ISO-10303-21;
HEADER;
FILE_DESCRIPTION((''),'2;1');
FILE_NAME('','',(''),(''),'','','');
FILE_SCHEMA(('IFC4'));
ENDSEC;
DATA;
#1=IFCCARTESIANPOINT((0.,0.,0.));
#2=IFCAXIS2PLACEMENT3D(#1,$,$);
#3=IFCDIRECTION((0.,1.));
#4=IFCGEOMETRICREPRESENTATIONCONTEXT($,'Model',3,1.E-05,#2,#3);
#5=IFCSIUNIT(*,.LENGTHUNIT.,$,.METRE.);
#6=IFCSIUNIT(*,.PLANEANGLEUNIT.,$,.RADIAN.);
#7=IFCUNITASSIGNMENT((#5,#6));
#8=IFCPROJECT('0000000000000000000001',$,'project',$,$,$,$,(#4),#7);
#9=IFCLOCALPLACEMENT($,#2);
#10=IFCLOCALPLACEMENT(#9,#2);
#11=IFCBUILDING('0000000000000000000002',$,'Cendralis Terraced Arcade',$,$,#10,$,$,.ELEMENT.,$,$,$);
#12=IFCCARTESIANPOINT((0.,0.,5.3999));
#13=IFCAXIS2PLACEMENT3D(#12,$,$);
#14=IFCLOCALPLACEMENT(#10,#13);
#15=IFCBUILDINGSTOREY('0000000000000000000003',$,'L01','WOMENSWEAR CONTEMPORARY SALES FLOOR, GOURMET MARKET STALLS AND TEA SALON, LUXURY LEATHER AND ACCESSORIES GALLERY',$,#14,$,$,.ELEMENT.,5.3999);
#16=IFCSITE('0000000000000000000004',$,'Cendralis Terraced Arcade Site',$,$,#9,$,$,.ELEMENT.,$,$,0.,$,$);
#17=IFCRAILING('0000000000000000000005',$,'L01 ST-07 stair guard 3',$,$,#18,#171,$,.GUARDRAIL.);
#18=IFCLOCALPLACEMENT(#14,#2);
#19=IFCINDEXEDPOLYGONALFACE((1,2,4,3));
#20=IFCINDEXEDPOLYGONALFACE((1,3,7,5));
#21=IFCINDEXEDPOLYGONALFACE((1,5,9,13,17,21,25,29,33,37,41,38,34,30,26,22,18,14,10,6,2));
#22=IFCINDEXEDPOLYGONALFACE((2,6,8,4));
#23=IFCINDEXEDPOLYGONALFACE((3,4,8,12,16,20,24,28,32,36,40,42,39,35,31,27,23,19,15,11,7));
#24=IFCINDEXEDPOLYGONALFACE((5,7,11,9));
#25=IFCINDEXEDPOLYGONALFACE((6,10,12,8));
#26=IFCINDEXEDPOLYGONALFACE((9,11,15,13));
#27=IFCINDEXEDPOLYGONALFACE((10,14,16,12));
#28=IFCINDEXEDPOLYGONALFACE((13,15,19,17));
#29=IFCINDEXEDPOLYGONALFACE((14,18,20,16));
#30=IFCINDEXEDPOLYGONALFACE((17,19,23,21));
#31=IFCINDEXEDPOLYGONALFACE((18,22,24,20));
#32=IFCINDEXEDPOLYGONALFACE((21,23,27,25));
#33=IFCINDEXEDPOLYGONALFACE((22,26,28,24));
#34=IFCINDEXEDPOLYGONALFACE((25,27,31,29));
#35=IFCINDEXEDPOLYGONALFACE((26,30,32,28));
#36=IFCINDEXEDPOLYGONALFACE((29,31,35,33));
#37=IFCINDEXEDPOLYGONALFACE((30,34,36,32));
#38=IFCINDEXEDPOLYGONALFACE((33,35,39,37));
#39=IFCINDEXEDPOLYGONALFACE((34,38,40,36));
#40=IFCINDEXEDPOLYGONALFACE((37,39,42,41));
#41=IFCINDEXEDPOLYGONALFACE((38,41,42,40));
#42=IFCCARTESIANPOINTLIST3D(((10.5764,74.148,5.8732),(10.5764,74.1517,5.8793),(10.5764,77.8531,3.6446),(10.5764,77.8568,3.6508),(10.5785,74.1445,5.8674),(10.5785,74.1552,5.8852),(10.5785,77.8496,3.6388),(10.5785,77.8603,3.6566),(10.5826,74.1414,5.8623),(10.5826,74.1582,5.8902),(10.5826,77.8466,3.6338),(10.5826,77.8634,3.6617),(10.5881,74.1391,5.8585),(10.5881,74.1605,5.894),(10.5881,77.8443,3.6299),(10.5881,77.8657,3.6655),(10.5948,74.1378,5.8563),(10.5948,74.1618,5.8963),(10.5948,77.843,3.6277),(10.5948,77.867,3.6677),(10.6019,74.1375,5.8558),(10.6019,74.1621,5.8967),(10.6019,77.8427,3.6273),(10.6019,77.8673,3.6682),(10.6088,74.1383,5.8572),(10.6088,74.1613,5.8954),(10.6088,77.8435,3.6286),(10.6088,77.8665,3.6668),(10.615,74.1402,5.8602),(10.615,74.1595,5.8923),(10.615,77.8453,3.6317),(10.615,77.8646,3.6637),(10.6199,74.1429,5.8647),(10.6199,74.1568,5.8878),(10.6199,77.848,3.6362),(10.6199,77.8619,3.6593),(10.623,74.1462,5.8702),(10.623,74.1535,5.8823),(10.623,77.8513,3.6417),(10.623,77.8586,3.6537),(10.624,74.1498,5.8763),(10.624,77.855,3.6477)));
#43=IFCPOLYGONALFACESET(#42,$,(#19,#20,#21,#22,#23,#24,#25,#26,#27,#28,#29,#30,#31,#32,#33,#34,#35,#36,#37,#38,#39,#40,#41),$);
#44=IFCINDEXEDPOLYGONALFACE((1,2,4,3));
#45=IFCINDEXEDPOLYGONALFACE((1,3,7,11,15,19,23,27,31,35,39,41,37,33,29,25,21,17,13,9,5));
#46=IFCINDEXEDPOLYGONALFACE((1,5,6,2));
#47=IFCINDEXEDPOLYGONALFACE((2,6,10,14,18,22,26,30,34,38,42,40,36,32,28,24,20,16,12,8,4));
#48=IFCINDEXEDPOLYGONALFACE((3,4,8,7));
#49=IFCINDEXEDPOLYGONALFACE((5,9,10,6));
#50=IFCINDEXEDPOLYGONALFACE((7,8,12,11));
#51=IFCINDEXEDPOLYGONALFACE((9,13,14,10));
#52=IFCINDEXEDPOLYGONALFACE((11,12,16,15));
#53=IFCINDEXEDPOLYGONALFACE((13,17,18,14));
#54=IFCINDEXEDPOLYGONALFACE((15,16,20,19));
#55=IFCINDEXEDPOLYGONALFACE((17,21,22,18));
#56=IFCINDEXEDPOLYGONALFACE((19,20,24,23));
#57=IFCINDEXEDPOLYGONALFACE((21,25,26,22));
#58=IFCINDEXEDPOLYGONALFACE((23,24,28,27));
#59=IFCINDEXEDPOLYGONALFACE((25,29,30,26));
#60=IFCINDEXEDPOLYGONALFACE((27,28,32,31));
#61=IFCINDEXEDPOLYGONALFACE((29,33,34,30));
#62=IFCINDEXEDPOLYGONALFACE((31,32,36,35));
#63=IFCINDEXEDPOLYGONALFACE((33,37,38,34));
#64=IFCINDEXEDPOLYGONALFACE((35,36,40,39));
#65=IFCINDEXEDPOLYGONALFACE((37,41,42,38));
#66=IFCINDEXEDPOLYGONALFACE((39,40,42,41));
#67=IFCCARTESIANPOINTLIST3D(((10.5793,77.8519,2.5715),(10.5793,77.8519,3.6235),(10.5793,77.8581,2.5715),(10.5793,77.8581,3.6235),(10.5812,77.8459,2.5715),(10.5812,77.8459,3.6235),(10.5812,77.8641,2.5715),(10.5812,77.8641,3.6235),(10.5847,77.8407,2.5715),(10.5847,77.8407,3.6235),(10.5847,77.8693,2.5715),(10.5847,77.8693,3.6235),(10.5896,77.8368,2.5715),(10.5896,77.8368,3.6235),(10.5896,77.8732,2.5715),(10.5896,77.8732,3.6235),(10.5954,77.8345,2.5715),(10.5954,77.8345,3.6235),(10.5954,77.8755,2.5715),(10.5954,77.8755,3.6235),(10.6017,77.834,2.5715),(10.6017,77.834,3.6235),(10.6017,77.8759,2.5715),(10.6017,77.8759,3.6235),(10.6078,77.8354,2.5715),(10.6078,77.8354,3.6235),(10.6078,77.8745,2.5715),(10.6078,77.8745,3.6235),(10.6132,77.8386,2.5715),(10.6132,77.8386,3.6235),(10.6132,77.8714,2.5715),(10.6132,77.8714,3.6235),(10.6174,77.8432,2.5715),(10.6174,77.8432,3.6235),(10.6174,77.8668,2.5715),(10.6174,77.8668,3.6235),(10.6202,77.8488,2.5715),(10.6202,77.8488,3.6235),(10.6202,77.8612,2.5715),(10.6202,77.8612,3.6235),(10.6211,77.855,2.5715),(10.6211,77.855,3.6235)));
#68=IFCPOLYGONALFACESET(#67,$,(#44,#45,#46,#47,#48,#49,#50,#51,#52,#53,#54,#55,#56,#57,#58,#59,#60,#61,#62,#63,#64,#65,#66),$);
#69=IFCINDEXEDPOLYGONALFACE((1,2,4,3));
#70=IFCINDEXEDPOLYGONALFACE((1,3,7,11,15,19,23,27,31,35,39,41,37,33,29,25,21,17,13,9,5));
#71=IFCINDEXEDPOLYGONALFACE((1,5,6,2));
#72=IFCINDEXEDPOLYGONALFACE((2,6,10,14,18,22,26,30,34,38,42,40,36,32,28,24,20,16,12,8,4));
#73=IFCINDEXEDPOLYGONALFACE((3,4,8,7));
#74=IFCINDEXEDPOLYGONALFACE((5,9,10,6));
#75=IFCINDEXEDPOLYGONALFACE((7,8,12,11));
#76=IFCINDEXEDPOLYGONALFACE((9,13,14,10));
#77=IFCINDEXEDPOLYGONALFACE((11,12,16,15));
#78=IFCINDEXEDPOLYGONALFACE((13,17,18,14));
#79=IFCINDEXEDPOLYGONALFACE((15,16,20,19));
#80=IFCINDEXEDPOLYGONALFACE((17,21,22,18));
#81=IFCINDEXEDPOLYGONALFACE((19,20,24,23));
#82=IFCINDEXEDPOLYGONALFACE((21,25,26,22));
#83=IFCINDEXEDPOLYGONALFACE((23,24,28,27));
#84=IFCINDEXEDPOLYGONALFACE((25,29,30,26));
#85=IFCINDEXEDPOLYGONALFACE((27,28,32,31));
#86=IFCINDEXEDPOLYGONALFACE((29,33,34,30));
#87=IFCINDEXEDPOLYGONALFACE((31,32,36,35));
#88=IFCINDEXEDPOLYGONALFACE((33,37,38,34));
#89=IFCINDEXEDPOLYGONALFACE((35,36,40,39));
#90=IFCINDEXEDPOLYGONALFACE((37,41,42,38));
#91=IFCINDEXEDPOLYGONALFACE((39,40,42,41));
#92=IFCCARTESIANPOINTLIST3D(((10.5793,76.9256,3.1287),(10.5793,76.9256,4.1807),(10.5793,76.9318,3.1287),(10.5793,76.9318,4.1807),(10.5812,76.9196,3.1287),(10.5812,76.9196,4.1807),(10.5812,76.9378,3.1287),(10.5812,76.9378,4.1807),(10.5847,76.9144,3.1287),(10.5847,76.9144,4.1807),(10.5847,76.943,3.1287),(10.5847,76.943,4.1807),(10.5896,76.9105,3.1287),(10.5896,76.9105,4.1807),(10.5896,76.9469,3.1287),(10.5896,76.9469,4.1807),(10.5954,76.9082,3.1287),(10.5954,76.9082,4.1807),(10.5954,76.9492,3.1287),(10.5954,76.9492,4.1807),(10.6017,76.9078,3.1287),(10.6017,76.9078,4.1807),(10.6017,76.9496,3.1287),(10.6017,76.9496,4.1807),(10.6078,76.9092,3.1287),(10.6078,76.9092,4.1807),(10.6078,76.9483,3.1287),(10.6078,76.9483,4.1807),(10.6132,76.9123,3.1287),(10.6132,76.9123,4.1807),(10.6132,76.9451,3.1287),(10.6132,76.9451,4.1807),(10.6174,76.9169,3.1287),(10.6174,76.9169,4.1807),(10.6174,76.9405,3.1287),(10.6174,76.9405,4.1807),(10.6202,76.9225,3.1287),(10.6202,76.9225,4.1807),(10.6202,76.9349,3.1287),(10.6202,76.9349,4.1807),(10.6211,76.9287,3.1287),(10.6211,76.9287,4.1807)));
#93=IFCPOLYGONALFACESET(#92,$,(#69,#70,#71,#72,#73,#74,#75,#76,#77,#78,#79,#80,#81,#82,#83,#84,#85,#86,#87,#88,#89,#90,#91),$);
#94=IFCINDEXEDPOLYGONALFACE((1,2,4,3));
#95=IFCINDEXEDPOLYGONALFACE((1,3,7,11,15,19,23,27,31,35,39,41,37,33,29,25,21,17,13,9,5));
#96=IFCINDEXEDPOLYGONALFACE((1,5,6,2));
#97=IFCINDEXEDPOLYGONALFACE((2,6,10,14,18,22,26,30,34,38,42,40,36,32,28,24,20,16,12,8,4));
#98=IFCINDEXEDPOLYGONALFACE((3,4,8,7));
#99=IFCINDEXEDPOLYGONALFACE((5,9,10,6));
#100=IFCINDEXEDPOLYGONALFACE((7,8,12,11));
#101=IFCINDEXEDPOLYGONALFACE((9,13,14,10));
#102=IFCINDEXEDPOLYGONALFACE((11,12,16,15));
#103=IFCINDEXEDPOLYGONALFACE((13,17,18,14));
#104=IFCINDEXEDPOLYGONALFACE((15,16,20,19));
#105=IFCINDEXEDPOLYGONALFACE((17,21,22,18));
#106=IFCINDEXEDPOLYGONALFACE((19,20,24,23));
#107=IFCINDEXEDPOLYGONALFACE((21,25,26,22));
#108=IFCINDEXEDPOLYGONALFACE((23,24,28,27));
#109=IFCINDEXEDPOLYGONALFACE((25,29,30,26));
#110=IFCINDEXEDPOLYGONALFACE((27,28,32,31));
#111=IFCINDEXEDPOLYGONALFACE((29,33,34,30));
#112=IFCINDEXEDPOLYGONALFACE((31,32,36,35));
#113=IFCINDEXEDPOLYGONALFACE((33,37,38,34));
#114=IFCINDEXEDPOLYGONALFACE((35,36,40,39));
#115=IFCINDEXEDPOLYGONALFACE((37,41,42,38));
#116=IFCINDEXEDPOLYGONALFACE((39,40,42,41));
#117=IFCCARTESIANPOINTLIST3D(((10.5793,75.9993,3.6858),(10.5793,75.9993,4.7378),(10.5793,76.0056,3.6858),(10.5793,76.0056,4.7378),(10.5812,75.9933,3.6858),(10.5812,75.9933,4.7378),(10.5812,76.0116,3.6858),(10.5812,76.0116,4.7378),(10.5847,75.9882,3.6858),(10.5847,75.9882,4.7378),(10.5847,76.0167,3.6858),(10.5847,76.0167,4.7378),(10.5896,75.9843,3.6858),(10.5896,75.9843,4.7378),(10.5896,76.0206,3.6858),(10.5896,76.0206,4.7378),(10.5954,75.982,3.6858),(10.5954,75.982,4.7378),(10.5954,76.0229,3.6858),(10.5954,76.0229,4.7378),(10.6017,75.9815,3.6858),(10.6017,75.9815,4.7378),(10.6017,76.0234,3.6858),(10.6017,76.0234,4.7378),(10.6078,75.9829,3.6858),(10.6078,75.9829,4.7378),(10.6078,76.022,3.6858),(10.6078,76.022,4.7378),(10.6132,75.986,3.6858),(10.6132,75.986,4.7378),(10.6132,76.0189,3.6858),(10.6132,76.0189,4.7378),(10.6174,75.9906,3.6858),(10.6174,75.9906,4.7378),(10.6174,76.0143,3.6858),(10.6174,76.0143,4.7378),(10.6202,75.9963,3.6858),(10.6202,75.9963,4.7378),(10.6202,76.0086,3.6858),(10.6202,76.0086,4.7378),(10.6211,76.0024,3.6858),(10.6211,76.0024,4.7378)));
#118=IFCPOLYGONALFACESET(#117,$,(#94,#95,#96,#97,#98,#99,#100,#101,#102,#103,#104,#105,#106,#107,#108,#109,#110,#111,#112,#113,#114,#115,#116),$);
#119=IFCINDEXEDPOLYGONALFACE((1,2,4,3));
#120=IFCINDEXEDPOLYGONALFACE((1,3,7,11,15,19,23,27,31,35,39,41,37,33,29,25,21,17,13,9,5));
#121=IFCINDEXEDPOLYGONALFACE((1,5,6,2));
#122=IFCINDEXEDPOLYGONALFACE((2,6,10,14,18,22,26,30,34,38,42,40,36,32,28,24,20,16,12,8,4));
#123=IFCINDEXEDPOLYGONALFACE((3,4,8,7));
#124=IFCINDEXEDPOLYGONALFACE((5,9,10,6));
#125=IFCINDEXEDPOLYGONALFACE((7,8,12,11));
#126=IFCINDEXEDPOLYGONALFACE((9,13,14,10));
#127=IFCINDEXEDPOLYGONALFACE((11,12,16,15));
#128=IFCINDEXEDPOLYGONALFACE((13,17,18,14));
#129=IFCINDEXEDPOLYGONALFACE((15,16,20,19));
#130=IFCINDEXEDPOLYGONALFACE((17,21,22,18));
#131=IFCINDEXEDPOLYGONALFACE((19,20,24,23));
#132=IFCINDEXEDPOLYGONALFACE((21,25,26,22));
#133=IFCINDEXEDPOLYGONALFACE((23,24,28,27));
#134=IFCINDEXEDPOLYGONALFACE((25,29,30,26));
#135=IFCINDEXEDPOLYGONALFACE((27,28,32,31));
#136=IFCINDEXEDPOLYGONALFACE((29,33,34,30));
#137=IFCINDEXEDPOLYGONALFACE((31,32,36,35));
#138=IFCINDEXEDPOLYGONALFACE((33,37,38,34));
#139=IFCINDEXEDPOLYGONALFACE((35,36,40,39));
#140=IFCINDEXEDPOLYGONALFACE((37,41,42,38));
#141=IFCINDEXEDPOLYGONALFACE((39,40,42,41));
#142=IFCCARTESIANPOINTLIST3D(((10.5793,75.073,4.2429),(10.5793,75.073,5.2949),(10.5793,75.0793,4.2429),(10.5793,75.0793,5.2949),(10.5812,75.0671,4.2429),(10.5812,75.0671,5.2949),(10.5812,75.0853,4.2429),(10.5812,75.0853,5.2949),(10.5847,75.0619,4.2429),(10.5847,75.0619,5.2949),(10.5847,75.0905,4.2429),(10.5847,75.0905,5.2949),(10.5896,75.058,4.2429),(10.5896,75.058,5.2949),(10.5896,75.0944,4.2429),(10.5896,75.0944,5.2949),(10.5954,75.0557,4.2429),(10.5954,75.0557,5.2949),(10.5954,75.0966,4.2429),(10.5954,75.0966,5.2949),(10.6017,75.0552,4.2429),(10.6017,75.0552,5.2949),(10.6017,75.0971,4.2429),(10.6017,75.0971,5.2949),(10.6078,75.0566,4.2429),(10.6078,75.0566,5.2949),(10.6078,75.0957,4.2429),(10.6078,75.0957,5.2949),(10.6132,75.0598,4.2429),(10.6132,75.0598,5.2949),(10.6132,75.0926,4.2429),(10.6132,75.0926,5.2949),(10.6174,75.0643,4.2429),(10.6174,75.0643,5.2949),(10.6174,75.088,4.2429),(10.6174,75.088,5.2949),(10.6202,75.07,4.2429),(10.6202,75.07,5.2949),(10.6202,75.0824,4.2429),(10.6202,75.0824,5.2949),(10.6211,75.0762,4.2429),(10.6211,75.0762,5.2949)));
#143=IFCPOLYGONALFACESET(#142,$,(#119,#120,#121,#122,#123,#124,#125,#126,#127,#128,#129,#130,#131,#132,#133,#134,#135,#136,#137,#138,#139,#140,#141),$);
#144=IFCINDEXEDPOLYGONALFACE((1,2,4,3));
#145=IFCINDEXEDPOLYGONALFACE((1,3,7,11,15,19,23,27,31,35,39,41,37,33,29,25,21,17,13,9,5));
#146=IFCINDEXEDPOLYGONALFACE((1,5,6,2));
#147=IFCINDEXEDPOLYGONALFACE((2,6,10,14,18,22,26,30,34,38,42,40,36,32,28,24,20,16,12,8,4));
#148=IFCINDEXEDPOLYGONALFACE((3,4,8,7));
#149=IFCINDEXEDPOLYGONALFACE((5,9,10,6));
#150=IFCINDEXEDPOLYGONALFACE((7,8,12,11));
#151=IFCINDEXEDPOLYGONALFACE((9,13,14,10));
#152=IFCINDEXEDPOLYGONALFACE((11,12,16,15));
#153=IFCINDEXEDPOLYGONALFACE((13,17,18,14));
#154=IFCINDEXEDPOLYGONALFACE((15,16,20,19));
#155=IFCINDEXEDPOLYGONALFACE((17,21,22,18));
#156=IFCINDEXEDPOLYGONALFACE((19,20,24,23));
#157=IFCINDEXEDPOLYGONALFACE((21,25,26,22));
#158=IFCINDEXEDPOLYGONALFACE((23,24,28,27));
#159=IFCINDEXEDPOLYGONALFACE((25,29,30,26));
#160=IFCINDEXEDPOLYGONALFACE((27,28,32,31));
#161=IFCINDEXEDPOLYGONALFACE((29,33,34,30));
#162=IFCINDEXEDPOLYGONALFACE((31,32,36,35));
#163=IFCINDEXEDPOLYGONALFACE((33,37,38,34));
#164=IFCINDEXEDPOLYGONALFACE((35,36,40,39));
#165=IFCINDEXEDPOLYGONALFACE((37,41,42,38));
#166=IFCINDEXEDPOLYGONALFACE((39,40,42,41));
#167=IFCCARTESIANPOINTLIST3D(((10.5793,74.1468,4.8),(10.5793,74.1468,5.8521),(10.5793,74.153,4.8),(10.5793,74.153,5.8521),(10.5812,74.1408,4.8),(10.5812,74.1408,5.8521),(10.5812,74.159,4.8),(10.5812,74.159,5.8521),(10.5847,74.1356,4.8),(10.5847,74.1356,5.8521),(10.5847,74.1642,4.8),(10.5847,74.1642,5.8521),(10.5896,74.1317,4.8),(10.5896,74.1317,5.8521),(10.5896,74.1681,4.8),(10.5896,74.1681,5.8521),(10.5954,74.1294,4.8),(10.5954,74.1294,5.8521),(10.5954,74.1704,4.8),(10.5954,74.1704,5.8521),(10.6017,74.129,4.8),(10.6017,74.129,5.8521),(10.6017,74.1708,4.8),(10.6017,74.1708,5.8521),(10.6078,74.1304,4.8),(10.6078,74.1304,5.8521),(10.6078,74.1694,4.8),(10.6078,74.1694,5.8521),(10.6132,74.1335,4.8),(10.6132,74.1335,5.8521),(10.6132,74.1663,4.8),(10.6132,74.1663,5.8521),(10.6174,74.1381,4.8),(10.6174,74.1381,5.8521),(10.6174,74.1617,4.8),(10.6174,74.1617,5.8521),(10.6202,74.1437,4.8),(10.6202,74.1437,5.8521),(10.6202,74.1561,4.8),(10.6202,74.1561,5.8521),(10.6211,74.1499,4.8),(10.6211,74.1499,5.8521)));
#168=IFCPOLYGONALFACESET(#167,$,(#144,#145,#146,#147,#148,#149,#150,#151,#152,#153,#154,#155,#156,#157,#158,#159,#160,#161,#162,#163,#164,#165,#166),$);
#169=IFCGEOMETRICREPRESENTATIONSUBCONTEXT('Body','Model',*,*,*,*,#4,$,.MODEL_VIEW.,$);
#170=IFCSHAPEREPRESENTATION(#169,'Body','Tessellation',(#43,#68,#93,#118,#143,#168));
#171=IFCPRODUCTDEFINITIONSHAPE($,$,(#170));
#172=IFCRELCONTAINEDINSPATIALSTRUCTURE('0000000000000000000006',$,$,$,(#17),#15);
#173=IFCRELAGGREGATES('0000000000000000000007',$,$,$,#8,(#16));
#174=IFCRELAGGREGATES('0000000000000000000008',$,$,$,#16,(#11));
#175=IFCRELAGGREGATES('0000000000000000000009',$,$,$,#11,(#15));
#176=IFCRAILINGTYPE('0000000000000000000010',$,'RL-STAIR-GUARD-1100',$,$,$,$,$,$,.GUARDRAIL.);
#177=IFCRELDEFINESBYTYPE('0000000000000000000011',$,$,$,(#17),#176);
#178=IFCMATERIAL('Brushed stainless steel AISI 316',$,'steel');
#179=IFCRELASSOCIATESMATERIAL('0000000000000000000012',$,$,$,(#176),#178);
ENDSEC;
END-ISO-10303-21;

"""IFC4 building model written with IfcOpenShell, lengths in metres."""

from ifc_helpers import new_model, si_unit, direction, frame, origin, origin_2d, place, context, subcontext, project, spatial, circle, extrude, material, type_object, element, save


model = new_model("IFC4")

# Units and contexts
model_context = context("Model", 3, precision=1e-05, world=origin(), true_north=direction((0.0, 1.0)))
body_context = subcontext(model_context, "Body", "Model", "MODEL_VIEW")
ifc_project = project(units=[si_unit("LENGTHUNIT", "METRE"), si_unit("PLANEANGLEUNIT", "RADIAN")], contexts=[model_context])

# Site, building, storey
site_placement = place(None, origin())
site = spatial("IfcSite", under=ifc_project, at=site_placement, Name="Cendralis Terraced Arcade Site", CompositionType="ELEMENT", RefElevation=0.0)
building_placement = place(site_placement, origin())
building = spatial("IfcBuilding", under=site, at=building_placement, Name="Cendralis Terraced Arcade", CompositionType="ELEMENT")
storey_placement = place(building_placement, frame((0.0, 0.0, 5.3999)))
storey = spatial("IfcBuildingStorey", under=building, at=storey_placement, Name="L01", Description="WOMENSWEAR CONTEMPORARY SALES FLOOR, GOURMET MARKET STALLS AND TEA SALON, LUXURY LEATHER AND ACCESSORIES GALLERY", CompositionType="ELEMENT", Elevation=5.3999)

# Railing
ifc_material_1 = material(Name="Brushed stainless steel AISI 316", Category="steel")
railing_type_1 = type_object("IfcRailingType", Name="RL-STAIR-GUARD-1100", PredefinedType="GUARDRAIL", material=ifc_material_1)
railing_1_placement = place(storey_placement, frame((10.6001, 77.855, 2.5715)))
element("IfcRailing", 1, at=railing_1_placement, inside=storey, type_object=railing_type_1, Name="L01 ST-07 stair guard 3", PredefinedType="GUARDRAIL", context=body_context, shape_type="SweptSolid", body=[
    extrude(circle(Radius=0.0239, at=origin_2d()), frame((0.0, 0.0, 1.0762), z_axis=(0.0, -0.856934, 0.515425), x_axis=(1.0, 0.0, 0.0)), (0.0, 0.0, 1.0), 4.3237),
    extrude(circle(Radius=0.021, at=origin_2d()), origin(), (0.0, 0.0, 1.0), 1.052),
    extrude(circle(Radius=0.021, at=origin_2d()), frame((0.0, -0.9263, 0.5571)), (0.0, 0.0, 1.0), 1.052),
    extrude(circle(Radius=0.021, at=origin_2d()), frame((0.0, -1.8525, 1.1143)), (0.0, 0.0, 1.0), 1.052),
    extrude(circle(Radius=0.021, at=origin_2d()), frame((0.0, -2.7788, 1.6714)), (0.0, 0.0, 1.0), 1.052),
    extrude(circle(Radius=0.021, at=origin_2d()), frame((0.0, -3.7051, 2.2285)), (0.0, 0.0, 1.0), 1.052),
])

save(model, "model.ifc")
